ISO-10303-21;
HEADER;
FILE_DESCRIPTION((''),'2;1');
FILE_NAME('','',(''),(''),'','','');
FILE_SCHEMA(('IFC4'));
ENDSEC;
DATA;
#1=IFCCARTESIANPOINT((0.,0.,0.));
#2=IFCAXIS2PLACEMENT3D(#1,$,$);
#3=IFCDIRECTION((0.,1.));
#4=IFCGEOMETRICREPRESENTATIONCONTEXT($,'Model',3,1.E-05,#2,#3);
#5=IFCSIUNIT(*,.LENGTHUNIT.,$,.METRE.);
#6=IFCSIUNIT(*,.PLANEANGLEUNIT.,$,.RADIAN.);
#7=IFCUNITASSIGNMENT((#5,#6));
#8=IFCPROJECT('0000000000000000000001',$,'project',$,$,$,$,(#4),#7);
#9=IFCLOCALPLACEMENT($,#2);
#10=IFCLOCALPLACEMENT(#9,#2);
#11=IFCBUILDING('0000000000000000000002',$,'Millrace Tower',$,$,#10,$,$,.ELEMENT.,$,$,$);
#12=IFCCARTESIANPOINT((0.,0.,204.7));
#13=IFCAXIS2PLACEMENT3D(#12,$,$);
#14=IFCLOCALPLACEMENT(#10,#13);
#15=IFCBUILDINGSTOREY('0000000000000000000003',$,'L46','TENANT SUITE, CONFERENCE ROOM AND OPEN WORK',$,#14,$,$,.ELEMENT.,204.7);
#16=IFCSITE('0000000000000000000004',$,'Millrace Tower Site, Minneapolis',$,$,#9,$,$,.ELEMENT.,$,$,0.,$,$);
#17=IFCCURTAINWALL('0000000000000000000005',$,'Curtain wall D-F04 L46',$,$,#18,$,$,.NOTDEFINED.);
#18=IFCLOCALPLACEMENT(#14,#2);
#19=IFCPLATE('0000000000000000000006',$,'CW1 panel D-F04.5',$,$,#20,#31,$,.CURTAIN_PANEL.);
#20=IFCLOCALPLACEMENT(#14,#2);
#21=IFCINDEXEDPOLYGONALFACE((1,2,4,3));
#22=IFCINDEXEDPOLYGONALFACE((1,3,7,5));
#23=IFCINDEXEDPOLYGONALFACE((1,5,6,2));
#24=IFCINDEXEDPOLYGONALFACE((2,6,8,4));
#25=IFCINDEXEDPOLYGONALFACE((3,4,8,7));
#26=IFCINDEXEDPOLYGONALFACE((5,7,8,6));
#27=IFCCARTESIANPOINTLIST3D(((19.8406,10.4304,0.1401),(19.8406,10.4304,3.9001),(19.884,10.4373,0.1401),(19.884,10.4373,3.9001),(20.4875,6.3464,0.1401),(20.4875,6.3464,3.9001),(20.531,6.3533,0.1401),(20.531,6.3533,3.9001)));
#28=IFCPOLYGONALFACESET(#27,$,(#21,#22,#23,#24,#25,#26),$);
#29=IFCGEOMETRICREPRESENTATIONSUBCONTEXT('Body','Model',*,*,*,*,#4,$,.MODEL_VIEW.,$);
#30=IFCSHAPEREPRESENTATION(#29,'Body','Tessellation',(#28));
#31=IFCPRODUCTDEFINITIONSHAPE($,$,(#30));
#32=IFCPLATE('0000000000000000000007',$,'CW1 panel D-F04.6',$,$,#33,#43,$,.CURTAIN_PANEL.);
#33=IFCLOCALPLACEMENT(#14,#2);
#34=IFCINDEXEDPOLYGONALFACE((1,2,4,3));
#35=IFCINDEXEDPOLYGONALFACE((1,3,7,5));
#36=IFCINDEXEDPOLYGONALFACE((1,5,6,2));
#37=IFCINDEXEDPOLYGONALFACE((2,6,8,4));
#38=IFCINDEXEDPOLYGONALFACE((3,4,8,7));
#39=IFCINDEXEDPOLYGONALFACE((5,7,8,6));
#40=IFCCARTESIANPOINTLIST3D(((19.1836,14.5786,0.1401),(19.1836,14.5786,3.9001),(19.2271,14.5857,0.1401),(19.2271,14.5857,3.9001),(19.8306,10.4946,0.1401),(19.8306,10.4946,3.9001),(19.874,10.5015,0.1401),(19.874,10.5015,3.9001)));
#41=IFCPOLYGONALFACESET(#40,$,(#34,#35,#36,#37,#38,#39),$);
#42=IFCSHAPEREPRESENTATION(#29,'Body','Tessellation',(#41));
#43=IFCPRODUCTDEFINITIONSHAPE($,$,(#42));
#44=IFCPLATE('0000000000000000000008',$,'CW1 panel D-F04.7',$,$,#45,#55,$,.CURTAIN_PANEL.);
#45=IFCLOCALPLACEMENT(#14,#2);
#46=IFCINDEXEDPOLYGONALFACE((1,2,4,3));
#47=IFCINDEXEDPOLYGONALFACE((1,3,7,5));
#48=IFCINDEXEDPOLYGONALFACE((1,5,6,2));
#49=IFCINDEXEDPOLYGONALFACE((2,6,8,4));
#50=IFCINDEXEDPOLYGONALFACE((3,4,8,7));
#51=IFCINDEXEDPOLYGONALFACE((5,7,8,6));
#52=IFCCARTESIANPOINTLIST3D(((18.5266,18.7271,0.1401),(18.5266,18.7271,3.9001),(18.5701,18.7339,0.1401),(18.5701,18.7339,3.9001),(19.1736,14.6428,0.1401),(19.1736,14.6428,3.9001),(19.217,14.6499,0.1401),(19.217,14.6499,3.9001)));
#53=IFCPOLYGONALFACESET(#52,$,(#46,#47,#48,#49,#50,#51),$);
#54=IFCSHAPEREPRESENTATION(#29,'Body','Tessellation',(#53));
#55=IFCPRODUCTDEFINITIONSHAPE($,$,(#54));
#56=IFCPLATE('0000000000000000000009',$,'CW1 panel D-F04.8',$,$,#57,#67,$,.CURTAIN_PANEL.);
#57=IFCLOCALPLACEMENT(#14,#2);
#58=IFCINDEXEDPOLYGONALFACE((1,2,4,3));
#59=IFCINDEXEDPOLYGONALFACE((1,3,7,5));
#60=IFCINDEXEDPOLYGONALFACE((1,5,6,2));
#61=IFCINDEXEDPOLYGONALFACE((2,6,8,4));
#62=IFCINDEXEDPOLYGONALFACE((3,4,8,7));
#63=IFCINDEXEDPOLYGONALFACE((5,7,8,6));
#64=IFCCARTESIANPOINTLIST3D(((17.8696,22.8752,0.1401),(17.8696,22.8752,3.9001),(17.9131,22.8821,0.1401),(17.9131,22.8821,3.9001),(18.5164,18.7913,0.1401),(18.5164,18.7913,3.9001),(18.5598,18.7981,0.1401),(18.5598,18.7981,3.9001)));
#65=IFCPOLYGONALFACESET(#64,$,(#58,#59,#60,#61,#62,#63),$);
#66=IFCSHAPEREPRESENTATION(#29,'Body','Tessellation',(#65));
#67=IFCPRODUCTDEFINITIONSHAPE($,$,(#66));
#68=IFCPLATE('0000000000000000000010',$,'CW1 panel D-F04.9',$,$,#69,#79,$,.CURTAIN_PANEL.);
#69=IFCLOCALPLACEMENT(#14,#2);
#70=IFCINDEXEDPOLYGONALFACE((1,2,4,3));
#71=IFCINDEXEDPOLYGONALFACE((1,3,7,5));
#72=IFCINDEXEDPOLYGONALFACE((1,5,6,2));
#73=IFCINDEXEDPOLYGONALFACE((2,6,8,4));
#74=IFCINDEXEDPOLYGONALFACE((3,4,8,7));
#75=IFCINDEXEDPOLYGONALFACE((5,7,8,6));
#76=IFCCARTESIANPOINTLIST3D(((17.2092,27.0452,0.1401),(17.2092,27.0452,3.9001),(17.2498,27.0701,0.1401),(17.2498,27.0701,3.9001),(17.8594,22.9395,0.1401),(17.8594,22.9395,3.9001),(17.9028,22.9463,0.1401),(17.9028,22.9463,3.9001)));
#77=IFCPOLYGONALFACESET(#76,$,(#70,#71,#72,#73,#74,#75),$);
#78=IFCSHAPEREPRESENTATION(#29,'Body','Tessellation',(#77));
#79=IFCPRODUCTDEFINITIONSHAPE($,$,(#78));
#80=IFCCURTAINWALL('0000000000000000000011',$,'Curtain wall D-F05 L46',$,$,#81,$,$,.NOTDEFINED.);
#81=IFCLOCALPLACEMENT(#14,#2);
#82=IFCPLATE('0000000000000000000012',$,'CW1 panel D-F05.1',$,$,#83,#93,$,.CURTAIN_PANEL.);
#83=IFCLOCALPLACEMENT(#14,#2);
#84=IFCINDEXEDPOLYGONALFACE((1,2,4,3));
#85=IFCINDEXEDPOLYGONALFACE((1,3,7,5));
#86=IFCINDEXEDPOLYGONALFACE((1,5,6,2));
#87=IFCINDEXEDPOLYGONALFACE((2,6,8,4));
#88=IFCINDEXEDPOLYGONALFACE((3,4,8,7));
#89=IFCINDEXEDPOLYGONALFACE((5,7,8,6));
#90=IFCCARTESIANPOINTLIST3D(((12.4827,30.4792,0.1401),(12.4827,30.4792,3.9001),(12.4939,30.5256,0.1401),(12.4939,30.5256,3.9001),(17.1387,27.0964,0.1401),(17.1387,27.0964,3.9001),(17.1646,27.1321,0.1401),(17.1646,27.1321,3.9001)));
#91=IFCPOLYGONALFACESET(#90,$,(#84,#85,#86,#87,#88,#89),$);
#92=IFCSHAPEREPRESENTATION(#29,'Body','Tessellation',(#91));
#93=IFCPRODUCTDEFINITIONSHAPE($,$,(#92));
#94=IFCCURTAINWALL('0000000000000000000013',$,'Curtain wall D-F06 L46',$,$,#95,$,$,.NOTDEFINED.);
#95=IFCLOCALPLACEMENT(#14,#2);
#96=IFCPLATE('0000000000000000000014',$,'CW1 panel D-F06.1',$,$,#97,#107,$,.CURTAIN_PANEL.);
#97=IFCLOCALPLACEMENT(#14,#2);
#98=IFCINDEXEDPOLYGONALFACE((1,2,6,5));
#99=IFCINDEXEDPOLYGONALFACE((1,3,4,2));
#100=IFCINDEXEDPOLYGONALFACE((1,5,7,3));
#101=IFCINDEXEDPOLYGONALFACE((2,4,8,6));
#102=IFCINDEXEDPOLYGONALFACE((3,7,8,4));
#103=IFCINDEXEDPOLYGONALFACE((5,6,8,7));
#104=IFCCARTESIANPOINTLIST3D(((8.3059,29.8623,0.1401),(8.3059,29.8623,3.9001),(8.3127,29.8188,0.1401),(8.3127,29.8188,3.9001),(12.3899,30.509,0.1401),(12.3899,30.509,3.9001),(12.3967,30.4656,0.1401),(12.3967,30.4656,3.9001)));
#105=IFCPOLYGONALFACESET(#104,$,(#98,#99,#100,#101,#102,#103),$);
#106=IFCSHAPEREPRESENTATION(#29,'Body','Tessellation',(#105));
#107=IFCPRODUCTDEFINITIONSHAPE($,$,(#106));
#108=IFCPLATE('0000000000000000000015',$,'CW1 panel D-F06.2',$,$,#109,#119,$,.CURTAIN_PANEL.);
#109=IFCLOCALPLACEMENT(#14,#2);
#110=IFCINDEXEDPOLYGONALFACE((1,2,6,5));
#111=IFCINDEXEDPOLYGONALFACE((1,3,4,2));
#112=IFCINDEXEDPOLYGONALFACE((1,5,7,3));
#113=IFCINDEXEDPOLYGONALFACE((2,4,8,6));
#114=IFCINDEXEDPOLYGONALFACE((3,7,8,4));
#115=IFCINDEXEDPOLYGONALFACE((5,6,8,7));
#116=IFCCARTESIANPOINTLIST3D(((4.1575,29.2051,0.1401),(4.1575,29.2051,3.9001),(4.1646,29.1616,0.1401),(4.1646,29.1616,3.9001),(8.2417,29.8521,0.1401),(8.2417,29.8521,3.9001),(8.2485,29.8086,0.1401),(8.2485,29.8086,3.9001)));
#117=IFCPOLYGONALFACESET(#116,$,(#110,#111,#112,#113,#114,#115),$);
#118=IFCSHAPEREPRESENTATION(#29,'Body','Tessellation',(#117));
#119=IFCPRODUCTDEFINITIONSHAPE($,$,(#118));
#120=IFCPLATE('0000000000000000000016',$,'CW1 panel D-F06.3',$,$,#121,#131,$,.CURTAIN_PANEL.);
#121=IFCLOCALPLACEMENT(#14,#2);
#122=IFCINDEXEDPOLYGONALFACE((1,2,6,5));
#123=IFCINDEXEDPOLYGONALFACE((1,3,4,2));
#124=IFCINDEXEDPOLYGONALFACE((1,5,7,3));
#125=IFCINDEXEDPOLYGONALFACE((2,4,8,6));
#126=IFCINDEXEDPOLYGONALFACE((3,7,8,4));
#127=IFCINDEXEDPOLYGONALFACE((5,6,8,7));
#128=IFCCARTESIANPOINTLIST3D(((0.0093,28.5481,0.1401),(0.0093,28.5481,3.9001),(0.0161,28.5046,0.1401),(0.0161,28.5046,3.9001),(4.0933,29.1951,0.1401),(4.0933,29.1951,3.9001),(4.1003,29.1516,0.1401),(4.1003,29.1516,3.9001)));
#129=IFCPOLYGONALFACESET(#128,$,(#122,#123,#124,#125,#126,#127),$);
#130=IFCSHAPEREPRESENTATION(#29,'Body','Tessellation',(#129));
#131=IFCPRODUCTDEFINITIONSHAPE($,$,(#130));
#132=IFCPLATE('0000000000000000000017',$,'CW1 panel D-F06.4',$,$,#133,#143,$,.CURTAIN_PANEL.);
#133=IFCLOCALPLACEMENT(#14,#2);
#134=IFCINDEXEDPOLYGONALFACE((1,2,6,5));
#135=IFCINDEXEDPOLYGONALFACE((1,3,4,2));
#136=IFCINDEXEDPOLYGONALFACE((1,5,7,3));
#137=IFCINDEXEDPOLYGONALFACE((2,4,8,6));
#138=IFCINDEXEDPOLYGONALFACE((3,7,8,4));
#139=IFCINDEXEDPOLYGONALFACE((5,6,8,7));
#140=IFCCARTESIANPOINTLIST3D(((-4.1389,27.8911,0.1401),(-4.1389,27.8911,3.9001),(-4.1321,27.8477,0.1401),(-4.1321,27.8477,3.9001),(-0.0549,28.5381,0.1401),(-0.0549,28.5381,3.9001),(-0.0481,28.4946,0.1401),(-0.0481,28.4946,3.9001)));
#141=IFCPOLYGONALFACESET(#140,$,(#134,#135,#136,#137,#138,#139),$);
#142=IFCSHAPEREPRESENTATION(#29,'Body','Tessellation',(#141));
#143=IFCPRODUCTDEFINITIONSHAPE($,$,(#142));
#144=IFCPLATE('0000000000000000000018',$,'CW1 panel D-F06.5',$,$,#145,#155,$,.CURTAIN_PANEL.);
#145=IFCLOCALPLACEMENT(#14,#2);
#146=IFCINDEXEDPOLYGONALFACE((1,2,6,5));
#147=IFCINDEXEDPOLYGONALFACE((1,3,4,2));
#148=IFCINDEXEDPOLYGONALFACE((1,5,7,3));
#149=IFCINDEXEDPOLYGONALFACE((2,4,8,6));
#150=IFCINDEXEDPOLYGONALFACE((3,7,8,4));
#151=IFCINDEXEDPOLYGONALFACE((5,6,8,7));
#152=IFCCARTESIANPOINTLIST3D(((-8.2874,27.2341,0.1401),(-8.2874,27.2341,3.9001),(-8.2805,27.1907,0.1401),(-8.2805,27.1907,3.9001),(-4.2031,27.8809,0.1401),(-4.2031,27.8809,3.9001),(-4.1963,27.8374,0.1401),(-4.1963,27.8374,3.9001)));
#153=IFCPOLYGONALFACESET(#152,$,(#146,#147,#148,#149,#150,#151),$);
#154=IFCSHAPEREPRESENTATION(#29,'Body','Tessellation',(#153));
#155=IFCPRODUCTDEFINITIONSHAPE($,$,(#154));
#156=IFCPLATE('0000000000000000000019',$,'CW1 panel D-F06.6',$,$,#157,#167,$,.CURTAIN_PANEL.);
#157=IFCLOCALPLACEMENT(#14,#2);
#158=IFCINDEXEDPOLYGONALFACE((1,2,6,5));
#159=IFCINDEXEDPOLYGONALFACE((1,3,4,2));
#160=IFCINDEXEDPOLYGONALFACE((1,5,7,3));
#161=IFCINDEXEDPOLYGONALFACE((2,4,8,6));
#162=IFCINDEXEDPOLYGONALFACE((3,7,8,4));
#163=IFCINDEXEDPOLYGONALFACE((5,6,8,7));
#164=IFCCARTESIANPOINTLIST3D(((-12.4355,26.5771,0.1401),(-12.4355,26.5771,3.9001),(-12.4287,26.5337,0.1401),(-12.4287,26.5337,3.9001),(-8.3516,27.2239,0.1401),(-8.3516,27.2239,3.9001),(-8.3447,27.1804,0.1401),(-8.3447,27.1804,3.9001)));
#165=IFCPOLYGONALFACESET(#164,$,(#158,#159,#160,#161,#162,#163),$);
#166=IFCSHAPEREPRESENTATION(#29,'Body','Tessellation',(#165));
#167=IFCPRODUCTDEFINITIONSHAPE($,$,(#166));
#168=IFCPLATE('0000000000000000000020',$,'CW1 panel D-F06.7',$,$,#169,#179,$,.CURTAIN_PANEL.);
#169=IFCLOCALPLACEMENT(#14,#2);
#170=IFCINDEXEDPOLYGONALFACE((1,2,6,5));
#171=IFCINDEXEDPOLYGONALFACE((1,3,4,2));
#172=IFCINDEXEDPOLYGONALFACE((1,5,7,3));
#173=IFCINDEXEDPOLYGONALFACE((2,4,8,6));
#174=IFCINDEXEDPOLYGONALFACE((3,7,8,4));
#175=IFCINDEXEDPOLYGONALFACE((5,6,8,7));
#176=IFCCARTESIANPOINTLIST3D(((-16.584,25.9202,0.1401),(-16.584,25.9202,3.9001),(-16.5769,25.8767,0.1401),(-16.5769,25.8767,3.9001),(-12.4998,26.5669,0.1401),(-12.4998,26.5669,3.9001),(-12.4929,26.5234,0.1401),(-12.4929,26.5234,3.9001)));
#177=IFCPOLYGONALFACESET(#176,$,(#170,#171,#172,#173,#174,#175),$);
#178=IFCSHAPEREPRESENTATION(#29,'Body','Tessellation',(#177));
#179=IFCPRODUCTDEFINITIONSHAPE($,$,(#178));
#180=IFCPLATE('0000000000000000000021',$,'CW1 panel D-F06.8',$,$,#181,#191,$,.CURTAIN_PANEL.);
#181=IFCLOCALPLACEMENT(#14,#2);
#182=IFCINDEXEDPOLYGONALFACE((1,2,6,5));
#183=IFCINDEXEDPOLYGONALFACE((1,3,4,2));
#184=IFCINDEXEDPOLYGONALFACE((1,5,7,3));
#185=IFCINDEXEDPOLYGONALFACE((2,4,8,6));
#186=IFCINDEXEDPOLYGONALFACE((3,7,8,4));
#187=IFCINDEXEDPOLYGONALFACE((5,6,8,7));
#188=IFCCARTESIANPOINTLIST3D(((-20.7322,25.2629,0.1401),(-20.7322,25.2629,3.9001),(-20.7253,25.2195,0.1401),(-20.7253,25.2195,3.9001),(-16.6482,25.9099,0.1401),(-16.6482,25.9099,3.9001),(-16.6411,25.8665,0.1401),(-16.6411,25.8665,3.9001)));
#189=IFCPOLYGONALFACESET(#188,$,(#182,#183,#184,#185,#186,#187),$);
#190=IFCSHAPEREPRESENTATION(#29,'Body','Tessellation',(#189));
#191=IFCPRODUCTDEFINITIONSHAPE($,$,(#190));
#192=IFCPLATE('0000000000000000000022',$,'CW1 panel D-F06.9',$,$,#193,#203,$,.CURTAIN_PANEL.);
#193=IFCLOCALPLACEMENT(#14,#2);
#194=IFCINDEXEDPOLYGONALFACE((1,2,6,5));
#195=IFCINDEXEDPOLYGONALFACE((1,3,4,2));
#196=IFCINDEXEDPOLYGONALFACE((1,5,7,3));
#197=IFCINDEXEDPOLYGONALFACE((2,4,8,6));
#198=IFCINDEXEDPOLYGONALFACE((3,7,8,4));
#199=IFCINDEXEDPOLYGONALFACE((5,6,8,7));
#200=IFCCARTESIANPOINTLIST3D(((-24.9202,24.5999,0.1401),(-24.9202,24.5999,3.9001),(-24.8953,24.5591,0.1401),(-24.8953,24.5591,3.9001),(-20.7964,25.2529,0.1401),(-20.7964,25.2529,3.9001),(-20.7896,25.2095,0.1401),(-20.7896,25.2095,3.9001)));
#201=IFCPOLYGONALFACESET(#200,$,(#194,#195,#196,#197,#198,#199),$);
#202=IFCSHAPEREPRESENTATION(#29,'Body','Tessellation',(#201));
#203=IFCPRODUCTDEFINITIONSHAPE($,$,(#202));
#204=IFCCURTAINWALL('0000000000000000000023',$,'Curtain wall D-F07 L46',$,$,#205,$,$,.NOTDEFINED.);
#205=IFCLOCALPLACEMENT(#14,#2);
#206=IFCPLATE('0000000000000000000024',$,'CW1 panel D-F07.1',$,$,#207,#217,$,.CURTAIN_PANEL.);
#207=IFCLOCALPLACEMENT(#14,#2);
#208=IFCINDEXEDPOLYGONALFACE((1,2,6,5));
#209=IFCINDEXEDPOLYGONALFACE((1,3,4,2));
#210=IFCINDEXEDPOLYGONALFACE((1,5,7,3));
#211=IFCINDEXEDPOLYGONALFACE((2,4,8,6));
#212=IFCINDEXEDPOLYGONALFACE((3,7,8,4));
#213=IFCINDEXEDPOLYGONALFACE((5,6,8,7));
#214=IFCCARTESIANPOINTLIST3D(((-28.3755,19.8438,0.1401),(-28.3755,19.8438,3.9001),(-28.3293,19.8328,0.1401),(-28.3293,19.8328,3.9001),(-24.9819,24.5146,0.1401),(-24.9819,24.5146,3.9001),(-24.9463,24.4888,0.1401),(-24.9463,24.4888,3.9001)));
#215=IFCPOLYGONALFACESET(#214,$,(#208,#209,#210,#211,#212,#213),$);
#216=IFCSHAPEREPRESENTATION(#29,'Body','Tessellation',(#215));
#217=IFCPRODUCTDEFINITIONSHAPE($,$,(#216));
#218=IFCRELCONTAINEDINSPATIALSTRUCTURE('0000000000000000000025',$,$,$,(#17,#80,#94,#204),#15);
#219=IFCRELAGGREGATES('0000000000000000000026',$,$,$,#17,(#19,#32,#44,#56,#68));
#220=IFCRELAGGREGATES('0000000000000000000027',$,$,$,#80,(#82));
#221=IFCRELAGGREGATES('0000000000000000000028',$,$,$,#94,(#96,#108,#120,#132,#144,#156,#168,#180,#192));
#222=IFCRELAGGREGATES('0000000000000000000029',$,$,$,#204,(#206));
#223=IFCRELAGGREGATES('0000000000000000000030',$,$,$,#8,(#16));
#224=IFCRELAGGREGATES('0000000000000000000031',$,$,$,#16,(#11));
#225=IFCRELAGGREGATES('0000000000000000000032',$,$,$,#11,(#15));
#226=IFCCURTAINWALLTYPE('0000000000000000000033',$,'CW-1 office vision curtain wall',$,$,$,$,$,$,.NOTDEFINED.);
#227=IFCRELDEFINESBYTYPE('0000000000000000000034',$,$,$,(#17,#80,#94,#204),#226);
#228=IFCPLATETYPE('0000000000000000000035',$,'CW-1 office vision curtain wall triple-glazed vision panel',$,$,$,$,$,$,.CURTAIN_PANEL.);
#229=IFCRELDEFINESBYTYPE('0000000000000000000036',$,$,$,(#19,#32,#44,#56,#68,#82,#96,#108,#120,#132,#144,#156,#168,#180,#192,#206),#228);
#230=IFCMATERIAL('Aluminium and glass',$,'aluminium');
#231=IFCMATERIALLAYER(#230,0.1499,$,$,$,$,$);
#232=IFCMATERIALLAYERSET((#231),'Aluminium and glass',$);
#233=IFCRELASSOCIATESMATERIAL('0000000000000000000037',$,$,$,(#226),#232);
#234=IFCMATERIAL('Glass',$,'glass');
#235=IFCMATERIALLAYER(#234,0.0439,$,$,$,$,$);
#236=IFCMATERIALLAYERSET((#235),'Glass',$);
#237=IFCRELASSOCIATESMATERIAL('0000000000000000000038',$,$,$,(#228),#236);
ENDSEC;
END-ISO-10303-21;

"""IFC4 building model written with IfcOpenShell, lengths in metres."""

from ifc_helpers import new_model, si_unit, direction, frame, origin, place, context, subcontext, project, spatial, polyline, outline, extrude, material, layer, layer_set, type_object, element, aggregate, save


model = new_model("IFC4")

# Units and contexts
model_context = context("Model", 3, precision=1e-05, world=origin(), true_north=direction((0.0, 1.0)))
body_context = subcontext(model_context, "Body", "Model", "MODEL_VIEW")
ifc_project = project(units=[si_unit("LENGTHUNIT", "METRE"), si_unit("PLANEANGLEUNIT", "RADIAN")], contexts=[model_context])

# Site, building, storey
site_placement = place(None, origin())
site = spatial("IfcSite", under=ifc_project, at=site_placement, Name="Millrace Tower Site, Minneapolis", CompositionType="ELEMENT", RefElevation=0.0)
building_placement = place(site_placement, origin())
building = spatial("IfcBuilding", under=site, at=building_placement, Name="Millrace Tower", CompositionType="ELEMENT")
storey_placement = place(building_placement, frame((0.0, 0.0, 204.7)))
storey = spatial("IfcBuildingStorey", under=building, at=storey_placement, Name="L46", Description="TENANT SUITE, CONFERENCE ROOM AND OPEN WORK", CompositionType="ELEMENT", Elevation=204.7)

# Curtain wall, plates
ifc_material_1 = material(Name="Aluminium and glass", Category="aluminium")
ifc_layer_1 = layer(ifc_material_1, 0.1499)
ifc_layer_set_1 = layer_set([ifc_layer_1], Name="Aluminium and glass")
curtain_wall_type = type_object("IfcCurtainWallType", Name="CW-1 office vision curtain wall", PredefinedType="NOTDEFINED", material=ifc_layer_set_1)
placement_1 = place(storey_placement, origin())
curtain_wall_1 = element("IfcCurtainWall", 1, at=placement_1, inside=storey, type_object=curtain_wall_type, Name="Curtain wall D-F04 L46", PredefinedType="NOTDEFINED")
ifc_material_2 = material(Name="Glass", Category="glass")
ifc_layer_2 = layer(ifc_material_2, 0.0439)
ifc_layer_set_2 = layer_set([ifc_layer_2], Name="Glass")
plate_type = type_object("IfcPlateType", Name="CW-1 office vision curtain wall triple-glazed vision panel", PredefinedType="CURTAIN_PANEL", material=ifc_layer_set_2)
placement_2 = place(storey_placement, frame((0.0, 0.0, 0.1401)))
plate_1 = element("IfcPlate", 2, at=placement_2, type_object=plate_type, Name="CW1 panel D-F04.5", PredefinedType="CURTAIN_PANEL", context=body_context, shape_type="SweptSolid", body=[
    extrude(outline(polyline([(20.531, 6.3533), (19.884, 10.4373), (19.8406, 10.4304), (20.4875, 6.3464), (20.531, 6.3533)])), origin(), (0.0, 0.0, 1.0), 3.76),
])
plate_2 = element("IfcPlate", 3, at=placement_2, type_object=plate_type, Name="CW1 panel D-F04.6", PredefinedType="CURTAIN_PANEL", context=body_context, shape_type="SweptSolid", body=[
    extrude(outline(polyline([(19.874, 10.5015), (19.2271, 14.5857), (19.1836, 14.5786), (19.8306, 10.4946), (19.874, 10.5015)])), origin(), (0.0, 0.0, 1.0), 3.76),
])
plate_3 = element("IfcPlate", 4, at=placement_2, type_object=plate_type, Name="CW1 panel D-F04.7", PredefinedType="CURTAIN_PANEL", context=body_context, shape_type="SweptSolid", body=[
    extrude(outline(polyline([(19.217, 14.6499), (18.5701, 18.7339), (18.5266, 18.7271), (19.1736, 14.6428), (19.217, 14.6499)])), origin(), (0.0, 0.0, 1.0), 3.76),
])
plate_4 = element("IfcPlate", 5, at=placement_2, type_object=plate_type, Name="CW1 panel D-F04.8", PredefinedType="CURTAIN_PANEL", context=body_context, shape_type="SweptSolid", body=[
    extrude(outline(polyline([(18.5598, 18.7981), (17.9131, 22.8821), (17.8696, 22.8752), (18.5164, 18.7913), (18.5598, 18.7981)])), origin(), (0.0, 0.0, 1.0), 3.76),
])
plate_5 = element("IfcPlate", 6, at=placement_2, type_object=plate_type, Name="CW1 panel D-F04.9", PredefinedType="CURTAIN_PANEL", context=body_context, shape_type="SweptSolid", body=[
    extrude(outline(polyline([(17.9028, 22.9463), (17.2498, 27.0701), (17.2092, 27.0452), (17.8594, 22.9395), (17.9028, 22.9463)])), origin(), (0.0, 0.0, 1.0), 3.76),
])
aggregate(curtain_wall_1, [plate_1, plate_2, plate_3, plate_4, plate_5])

# Curtain wall, plate
curtain_wall_2 = element("IfcCurtainWall", 7, at=placement_1, inside=storey, type_object=curtain_wall_type, Name="Curtain wall D-F05 L46", PredefinedType="NOTDEFINED")
plate_6 = element("IfcPlate", 8, at=placement_2, type_object=plate_type, Name="CW1 panel D-F05.1", PredefinedType="CURTAIN_PANEL", context=body_context, shape_type="SweptSolid", body=[
    extrude(outline(polyline([(17.1646, 27.1321), (12.4939, 30.5256), (12.4827, 30.4792), (17.1387, 27.0964), (17.1646, 27.1321)])), origin(), (0.0, 0.0, 1.0), 3.76),
])
aggregate(curtain_wall_2, [plate_6])

# Curtain wall, plates
curtain_wall_3 = element("IfcCurtainWall", 9, at=placement_1, inside=storey, type_object=curtain_wall_type, Name="Curtain wall D-F06 L46", PredefinedType="NOTDEFINED")
plate_7 = element("IfcPlate", 10, at=placement_2, type_object=plate_type, Name="CW1 panel D-F06.1", PredefinedType="CURTAIN_PANEL", context=body_context, shape_type="SweptSolid", body=[
    extrude(outline(polyline([(12.3899, 30.509), (8.3059, 29.8623), (8.3127, 29.8188), (12.3967, 30.4656), (12.3899, 30.509)])), origin(), (0.0, 0.0, 1.0), 3.76),
])
plate_8 = element("IfcPlate", 11, at=placement_2, type_object=plate_type, Name="CW1 panel D-F06.2", PredefinedType="CURTAIN_PANEL", context=body_context, shape_type="SweptSolid", body=[
    extrude(outline(polyline([(8.2417, 29.8521), (4.1575, 29.2051), (4.1646, 29.1616), (8.2485, 29.8086), (8.2417, 29.8521)])), origin(), (0.0, 0.0, 1.0), 3.76),
])
plate_9 = element("IfcPlate", 12, at=placement_2, type_object=plate_type, Name="CW1 panel D-F06.3", PredefinedType="CURTAIN_PANEL", context=body_context, shape_type="SweptSolid", body=[
    extrude(outline(polyline([(4.0933, 29.1951), (0.0093, 28.5481), (0.0161, 28.5046), (4.1003, 29.1516), (4.0933, 29.1951)])), origin(), (0.0, 0.0, 1.0), 3.76),
])
plate_10 = element("IfcPlate", 13, at=placement_2, type_object=plate_type, Name="CW1 panel D-F06.4", PredefinedType="CURTAIN_PANEL", context=body_context, shape_type="SweptSolid", body=[
    extrude(outline(polyline([(-0.0549, 28.5381), (-4.1389, 27.8911), (-4.1321, 27.8477), (-0.0481, 28.4946), (-0.0549, 28.5381)])), origin(), (0.0, 0.0, 1.0), 3.76),
])
plate_11 = element("IfcPlate", 14, at=placement_2, type_object=plate_type, Name="CW1 panel D-F06.5", PredefinedType="CURTAIN_PANEL", context=body_context, shape_type="SweptSolid", body=[
    extrude(outline(polyline([(-4.2031, 27.8809), (-8.2874, 27.2341), (-8.2805, 27.1907), (-4.1963, 27.8374), (-4.2031, 27.8809)])), origin(), (0.0, 0.0, 1.0), 3.76),
])
plate_12 = element("IfcPlate", 15, at=placement_2, type_object=plate_type, Name="CW1 panel D-F06.6", PredefinedType="CURTAIN_PANEL", context=body_context, shape_type="SweptSolid", body=[
    extrude(outline(polyline([(-8.3516, 27.2239), (-12.4355, 26.5771), (-12.4287, 26.5337), (-8.3447, 27.1804), (-8.3516, 27.2239)])), origin(), (0.0, 0.0, 1.0), 3.76),
])
plate_13 = element("IfcPlate", 16, at=placement_2, type_object=plate_type, Name="CW1 panel D-F06.7", PredefinedType="CURTAIN_PANEL", context=body_context, shape_type="SweptSolid", body=[
    extrude(outline(polyline([(-12.4998, 26.5669), (-16.584, 25.9202), (-16.5769, 25.8767), (-12.4929, 26.5234), (-12.4998, 26.5669)])), origin(), (0.0, 0.0, 1.0), 3.76),
])
plate_14 = element("IfcPlate", 17, at=placement_2, type_object=plate_type, Name="CW1 panel D-F06.8", PredefinedType="CURTAIN_PANEL", context=body_context, shape_type="SweptSolid", body=[
    extrude(outline(polyline([(-16.6482, 25.9099), (-20.7322, 25.2629), (-20.7253, 25.2195), (-16.6411, 25.8665), (-16.6482, 25.9099)])), origin(), (0.0, 0.0, 1.0), 3.76),
])
plate_15 = element("IfcPlate", 18, at=placement_2, type_object=plate_type, Name="CW1 panel D-F06.9", PredefinedType="CURTAIN_PANEL", context=body_context, shape_type="SweptSolid", body=[
    extrude(outline(polyline([(-20.7964, 25.2529), (-24.9202, 24.5999), (-24.8953, 24.5591), (-20.7896, 25.2095), (-20.7964, 25.2529)])), origin(), (0.0, 0.0, 1.0), 3.76),
])
aggregate(curtain_wall_3, [plate_7, plate_8, plate_9, plate_10, plate_11, plate_12, plate_13, plate_14, plate_15])

# Curtain wall, plate
curtain_wall_4 = element("IfcCurtainWall", 19, at=placement_1, inside=storey, type_object=curtain_wall_type, Name="Curtain wall D-F07 L46", PredefinedType="NOTDEFINED")
plate_16 = element("IfcPlate", 20, at=placement_2, type_object=plate_type, Name="CW1 panel D-F07.1", PredefinedType="CURTAIN_PANEL", context=body_context, shape_type="SweptSolid", body=[
    extrude(outline(polyline([(-24.9819, 24.5146), (-28.3755, 19.8438), (-28.3293, 19.8328), (-24.9463, 24.4888), (-24.9819, 24.5146)])), origin(), (0.0, 0.0, 1.0), 3.76),
])
aggregate(curtain_wall_4, [plate_16])

save(model, "model.ifc")
